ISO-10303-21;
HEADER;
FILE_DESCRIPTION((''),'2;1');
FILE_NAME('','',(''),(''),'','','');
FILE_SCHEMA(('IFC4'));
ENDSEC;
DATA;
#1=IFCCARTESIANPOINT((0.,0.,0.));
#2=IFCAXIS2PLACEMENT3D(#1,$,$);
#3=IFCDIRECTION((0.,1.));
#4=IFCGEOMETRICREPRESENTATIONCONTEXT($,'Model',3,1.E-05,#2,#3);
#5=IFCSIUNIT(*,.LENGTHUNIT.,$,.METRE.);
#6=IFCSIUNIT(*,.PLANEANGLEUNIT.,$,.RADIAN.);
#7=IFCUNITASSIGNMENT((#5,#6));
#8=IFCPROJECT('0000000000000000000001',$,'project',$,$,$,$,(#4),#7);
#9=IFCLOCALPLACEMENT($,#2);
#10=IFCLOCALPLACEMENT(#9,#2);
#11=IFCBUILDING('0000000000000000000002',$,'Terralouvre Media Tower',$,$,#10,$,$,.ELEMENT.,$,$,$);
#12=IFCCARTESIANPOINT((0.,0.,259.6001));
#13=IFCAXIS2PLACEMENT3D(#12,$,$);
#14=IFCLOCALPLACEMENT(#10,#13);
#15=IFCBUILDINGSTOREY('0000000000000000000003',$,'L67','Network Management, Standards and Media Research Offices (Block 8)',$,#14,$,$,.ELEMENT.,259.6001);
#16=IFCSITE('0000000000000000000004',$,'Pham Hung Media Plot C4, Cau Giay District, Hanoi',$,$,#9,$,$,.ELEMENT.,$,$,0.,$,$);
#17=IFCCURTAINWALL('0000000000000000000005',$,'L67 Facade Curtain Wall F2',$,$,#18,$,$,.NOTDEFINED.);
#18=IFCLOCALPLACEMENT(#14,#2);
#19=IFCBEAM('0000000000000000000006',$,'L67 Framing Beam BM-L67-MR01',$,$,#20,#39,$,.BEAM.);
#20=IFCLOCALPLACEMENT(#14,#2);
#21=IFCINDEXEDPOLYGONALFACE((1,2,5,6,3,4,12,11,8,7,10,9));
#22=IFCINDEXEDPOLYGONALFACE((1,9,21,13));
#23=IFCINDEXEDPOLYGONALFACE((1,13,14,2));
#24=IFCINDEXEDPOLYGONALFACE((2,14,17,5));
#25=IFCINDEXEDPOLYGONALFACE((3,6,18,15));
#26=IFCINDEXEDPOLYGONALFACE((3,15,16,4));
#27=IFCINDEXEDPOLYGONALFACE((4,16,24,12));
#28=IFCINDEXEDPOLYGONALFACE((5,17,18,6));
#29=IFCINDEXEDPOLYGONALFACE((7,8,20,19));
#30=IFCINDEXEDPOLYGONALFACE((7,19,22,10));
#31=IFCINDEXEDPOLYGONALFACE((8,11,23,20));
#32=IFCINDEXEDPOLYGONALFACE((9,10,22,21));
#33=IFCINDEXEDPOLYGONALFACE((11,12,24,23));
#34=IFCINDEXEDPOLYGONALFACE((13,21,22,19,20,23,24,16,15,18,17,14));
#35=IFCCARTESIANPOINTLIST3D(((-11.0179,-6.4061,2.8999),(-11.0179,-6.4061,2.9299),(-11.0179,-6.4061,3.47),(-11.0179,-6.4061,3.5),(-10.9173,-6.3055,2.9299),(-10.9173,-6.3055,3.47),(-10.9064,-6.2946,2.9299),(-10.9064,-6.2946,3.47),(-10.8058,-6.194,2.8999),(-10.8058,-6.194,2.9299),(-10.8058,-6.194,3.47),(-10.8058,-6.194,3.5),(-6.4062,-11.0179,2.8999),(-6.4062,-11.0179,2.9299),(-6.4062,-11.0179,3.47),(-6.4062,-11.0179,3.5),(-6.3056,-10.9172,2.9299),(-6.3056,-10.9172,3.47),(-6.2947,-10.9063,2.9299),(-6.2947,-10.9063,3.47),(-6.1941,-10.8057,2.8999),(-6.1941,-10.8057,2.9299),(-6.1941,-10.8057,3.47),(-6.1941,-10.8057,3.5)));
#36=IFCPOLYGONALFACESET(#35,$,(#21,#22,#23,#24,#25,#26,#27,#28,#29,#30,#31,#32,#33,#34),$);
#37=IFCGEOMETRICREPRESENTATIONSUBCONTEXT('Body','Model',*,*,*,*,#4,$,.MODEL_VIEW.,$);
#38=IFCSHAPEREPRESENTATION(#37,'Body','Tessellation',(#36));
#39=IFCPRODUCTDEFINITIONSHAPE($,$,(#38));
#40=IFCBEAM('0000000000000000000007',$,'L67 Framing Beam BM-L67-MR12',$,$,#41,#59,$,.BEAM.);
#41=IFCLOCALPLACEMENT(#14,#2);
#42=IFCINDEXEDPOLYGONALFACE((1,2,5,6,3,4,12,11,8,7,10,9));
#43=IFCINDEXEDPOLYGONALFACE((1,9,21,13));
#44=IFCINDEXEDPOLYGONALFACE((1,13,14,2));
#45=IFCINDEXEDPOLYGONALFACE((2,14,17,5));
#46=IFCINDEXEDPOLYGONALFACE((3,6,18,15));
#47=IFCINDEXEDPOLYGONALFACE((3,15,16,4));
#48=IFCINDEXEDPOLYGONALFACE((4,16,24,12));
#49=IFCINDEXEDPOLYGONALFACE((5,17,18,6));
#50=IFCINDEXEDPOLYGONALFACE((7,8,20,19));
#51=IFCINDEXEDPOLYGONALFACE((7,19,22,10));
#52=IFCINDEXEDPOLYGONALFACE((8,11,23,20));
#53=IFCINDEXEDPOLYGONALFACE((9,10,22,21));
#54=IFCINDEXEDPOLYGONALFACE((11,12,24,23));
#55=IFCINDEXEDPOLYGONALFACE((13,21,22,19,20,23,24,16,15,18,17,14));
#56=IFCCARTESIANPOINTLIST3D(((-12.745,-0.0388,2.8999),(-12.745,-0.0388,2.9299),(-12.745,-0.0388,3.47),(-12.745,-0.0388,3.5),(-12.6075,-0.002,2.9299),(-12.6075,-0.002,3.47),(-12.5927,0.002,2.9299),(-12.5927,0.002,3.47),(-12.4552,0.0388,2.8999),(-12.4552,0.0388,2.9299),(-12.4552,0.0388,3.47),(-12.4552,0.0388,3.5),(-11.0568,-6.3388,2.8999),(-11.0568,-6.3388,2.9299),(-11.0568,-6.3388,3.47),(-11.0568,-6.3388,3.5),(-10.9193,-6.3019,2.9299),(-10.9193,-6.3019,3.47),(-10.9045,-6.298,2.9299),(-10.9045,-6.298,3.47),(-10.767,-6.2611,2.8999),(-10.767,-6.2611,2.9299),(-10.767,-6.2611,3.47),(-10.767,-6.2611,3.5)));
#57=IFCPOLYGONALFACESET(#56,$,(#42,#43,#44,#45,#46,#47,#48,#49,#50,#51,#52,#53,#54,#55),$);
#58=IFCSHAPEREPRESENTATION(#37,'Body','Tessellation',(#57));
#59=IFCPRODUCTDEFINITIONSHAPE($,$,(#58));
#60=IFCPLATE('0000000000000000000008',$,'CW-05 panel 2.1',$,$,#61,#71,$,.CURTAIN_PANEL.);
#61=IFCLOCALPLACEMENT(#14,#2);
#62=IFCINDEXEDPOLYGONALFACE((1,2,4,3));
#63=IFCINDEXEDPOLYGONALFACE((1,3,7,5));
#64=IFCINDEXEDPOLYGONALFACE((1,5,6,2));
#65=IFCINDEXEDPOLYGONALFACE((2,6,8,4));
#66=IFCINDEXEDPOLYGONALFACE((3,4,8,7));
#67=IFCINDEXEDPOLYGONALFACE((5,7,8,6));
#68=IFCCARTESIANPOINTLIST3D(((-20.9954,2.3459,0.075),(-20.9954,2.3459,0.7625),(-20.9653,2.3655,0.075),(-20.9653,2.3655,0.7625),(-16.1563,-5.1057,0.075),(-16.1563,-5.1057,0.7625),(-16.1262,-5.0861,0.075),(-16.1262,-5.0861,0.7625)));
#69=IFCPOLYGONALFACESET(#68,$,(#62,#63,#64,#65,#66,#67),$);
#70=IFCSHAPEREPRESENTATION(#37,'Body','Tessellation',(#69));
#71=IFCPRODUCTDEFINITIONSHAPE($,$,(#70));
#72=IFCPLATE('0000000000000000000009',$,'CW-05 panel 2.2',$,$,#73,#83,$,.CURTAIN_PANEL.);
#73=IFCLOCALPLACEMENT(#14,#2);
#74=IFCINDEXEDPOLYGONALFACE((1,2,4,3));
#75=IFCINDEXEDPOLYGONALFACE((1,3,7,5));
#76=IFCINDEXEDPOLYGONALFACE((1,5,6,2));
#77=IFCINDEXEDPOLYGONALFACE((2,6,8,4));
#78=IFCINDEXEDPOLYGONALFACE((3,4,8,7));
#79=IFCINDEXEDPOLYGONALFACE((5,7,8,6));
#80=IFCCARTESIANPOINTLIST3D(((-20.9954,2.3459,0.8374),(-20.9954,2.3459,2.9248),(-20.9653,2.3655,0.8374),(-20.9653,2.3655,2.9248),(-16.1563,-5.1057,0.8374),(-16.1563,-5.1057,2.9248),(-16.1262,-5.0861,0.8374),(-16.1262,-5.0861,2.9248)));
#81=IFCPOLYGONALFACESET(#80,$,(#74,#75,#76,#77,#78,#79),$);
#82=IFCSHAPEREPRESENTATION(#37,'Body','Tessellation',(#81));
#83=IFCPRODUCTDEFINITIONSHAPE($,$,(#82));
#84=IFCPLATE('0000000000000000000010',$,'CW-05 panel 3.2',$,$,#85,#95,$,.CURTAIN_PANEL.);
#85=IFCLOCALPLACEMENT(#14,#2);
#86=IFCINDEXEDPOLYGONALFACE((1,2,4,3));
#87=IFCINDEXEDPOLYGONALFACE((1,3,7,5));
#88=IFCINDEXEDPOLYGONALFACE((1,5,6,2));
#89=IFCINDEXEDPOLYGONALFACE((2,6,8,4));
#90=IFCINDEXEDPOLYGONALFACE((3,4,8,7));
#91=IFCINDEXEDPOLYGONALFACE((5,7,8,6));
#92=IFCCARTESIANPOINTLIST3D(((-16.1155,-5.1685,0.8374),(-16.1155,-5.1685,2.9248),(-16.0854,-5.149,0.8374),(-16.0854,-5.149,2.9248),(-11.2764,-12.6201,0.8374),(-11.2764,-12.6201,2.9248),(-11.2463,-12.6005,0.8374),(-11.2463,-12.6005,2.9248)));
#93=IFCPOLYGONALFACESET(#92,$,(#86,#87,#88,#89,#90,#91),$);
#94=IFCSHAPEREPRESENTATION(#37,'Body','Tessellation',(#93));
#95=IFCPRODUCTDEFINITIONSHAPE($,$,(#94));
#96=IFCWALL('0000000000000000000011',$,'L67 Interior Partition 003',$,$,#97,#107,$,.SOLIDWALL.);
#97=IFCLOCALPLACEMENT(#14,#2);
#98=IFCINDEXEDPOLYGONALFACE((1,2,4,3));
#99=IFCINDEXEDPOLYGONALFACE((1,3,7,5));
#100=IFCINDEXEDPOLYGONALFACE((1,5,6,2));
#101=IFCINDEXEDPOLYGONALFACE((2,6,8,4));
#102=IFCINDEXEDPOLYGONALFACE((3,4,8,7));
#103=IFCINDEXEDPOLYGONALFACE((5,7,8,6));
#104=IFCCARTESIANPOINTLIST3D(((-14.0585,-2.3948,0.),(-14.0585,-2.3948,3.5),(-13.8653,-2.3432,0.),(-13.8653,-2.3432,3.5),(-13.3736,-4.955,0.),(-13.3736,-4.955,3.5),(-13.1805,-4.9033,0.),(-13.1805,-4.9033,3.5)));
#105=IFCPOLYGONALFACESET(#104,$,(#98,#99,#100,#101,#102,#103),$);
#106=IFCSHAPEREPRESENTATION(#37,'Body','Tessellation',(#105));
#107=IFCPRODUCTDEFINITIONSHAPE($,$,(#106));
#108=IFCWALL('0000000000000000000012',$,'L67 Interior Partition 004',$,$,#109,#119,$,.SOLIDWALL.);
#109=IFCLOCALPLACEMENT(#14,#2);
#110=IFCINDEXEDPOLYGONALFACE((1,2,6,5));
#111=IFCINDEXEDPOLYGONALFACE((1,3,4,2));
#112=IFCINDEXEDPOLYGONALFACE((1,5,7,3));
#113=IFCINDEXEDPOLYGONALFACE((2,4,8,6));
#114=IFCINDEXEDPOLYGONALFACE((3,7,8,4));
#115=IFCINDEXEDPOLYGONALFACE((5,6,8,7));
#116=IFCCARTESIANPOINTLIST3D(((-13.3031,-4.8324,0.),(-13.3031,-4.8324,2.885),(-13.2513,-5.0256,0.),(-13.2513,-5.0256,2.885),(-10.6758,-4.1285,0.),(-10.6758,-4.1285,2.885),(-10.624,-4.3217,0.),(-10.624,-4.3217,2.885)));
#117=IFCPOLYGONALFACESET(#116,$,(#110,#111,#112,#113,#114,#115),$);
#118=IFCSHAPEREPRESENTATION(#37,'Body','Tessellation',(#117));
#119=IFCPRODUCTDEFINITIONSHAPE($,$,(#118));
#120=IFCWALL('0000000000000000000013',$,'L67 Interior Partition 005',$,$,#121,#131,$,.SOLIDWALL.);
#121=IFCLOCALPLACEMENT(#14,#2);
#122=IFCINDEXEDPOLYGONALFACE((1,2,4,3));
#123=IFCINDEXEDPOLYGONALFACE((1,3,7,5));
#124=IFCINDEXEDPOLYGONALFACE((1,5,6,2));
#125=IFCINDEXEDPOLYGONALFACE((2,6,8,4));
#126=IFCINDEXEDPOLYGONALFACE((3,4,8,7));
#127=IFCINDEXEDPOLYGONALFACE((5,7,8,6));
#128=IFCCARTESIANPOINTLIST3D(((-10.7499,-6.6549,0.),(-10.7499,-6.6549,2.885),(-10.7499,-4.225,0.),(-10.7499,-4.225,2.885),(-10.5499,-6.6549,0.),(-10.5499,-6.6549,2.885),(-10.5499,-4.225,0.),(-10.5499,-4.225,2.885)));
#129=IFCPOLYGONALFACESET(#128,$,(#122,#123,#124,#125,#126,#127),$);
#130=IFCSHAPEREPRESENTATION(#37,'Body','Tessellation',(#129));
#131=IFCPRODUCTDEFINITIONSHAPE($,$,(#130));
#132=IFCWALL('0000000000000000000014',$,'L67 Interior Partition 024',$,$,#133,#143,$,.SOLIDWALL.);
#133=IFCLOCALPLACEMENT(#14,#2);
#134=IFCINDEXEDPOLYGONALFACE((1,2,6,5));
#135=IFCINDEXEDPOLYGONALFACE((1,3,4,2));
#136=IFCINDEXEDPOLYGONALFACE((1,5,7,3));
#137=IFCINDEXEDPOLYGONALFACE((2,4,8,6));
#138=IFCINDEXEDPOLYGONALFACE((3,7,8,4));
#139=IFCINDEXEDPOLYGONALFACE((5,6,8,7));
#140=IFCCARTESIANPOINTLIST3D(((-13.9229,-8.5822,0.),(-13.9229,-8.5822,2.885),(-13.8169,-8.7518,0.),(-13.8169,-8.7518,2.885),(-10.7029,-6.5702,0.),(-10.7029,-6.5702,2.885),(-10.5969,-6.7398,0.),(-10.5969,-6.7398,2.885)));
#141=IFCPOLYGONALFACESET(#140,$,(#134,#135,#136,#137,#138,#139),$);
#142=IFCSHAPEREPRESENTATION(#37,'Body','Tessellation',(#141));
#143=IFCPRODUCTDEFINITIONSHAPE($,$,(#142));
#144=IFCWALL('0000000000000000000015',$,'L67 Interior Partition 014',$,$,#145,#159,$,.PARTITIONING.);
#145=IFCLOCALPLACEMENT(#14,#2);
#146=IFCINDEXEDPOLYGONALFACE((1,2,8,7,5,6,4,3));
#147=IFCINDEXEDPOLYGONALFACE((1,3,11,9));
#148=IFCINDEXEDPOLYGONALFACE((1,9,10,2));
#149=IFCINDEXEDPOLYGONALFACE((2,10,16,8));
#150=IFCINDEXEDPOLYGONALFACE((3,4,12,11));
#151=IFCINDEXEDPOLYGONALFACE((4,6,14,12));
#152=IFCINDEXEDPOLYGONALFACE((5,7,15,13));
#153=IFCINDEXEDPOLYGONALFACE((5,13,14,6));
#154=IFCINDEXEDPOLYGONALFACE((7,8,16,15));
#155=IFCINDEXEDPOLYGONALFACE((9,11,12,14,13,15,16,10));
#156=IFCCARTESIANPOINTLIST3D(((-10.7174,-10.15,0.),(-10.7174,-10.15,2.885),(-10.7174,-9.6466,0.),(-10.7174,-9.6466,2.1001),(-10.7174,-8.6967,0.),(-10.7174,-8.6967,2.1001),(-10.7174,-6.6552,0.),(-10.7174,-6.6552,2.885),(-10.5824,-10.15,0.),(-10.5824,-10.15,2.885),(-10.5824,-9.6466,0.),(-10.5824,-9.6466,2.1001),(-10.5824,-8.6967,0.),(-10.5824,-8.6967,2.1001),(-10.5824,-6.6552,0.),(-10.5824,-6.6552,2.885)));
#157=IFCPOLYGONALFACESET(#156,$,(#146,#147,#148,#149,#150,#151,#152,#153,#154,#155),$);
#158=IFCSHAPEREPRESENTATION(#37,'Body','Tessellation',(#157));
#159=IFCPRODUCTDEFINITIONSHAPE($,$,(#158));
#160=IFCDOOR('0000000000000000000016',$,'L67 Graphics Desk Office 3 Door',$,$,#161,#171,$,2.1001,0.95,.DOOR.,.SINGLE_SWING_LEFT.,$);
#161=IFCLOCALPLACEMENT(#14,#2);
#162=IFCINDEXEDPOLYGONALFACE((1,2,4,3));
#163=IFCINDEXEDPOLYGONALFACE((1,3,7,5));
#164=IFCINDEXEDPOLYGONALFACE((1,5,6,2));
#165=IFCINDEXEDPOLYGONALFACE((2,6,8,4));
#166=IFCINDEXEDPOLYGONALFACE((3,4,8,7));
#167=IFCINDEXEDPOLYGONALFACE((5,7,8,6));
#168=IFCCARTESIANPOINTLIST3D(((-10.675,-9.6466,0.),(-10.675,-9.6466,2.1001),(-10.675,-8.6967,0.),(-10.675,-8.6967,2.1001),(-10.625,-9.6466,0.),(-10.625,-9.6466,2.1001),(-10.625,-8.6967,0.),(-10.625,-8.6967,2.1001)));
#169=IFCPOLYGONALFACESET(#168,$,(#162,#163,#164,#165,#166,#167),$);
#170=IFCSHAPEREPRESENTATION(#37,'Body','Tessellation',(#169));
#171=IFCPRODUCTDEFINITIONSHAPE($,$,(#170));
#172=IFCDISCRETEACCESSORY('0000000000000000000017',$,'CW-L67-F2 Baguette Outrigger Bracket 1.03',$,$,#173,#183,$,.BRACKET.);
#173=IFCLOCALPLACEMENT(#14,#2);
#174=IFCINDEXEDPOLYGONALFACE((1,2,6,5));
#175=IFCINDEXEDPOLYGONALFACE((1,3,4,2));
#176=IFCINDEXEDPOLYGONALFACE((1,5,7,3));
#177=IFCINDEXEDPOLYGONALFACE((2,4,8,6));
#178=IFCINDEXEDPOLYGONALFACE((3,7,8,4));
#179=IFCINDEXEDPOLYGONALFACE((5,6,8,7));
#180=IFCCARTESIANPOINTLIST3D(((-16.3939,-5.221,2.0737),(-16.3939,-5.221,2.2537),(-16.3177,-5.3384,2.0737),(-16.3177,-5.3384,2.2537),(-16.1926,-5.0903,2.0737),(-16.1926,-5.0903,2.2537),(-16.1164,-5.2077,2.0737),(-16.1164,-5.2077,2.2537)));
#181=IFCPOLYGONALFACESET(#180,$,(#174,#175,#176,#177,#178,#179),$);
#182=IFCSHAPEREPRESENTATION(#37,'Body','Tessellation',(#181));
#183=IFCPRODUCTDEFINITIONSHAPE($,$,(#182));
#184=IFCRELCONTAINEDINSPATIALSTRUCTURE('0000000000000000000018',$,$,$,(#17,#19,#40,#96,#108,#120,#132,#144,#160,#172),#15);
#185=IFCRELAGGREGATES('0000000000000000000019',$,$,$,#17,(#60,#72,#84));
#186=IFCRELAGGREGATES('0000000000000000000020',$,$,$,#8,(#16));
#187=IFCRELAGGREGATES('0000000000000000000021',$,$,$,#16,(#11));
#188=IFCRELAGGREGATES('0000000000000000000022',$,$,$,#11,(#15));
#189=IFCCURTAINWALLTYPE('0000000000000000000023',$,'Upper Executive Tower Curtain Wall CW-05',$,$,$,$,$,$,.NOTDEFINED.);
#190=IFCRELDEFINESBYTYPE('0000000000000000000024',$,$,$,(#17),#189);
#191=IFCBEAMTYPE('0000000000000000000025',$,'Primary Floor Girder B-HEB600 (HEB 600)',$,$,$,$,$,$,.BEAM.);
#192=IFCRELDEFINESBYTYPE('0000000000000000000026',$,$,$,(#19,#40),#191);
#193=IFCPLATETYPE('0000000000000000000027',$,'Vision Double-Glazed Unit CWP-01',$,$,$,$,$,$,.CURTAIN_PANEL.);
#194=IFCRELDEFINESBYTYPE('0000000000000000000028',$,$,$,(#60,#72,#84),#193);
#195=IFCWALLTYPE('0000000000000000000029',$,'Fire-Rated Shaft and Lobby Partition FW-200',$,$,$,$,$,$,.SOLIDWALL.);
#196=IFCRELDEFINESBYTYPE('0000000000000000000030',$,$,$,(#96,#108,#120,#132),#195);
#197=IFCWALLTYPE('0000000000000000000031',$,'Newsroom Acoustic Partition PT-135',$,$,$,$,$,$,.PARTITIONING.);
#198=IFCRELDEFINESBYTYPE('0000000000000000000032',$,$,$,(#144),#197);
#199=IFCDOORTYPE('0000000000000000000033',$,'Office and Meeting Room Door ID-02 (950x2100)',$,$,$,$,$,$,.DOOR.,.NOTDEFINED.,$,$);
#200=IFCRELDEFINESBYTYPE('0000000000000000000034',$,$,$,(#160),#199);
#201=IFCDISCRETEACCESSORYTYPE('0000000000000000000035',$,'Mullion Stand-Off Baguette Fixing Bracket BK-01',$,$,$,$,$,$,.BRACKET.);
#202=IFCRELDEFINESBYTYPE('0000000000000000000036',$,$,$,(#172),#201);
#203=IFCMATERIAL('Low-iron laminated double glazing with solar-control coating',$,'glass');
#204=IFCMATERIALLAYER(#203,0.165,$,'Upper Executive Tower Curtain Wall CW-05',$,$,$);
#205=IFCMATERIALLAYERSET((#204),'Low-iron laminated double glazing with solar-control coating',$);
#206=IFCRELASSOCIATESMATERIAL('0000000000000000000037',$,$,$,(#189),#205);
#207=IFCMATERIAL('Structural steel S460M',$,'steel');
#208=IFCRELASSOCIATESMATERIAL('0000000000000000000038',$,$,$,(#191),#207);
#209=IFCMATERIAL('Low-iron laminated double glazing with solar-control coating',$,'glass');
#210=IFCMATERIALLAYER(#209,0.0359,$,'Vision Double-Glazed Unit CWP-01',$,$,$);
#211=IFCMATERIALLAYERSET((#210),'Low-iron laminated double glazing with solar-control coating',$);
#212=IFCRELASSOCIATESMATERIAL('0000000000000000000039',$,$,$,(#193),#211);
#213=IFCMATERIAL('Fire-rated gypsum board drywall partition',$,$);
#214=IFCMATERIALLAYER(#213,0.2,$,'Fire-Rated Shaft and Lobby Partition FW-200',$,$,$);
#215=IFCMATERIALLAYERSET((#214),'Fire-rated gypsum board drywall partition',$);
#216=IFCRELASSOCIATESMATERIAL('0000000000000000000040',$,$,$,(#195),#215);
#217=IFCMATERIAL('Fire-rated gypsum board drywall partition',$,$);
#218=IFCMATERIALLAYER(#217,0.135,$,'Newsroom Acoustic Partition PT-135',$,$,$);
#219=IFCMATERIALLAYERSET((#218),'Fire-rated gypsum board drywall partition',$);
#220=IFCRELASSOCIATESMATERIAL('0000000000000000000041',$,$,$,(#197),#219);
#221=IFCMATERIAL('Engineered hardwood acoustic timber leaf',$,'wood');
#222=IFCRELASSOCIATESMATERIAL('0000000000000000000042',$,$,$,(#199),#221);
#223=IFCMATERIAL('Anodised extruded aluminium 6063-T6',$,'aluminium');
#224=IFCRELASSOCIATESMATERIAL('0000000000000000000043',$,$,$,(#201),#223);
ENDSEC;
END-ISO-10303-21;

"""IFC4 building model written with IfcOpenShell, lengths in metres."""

from ifc_helpers import new_model, si_unit, direction, frame, frame_2d, origin, origin_2d, place, context, subcontext, project, spatial, rectangle, i_section, extrude, material, layer, layer_set, material_profile, profile_set, type_object, element, fill, aggregate, save


model = new_model("IFC4")

# Units and contexts
model_context = context("Model", 3, precision=1e-05, world=origin(), true_north=direction((0.0, 1.0)))
body_context = subcontext(model_context, "Body", "Model", "MODEL_VIEW")
ifc_project = project(units=[si_unit("LENGTHUNIT", "METRE"), si_unit("PLANEANGLEUNIT", "RADIAN")], contexts=[model_context])

# Site, building, storey
site_placement = place(None, origin())
site = spatial("IfcSite", under=ifc_project, at=site_placement, Name="Pham Hung Media Plot C4, Cau Giay District, Hanoi", CompositionType="ELEMENT", RefElevation=0.0)
building_placement = place(site_placement, origin())
building = spatial("IfcBuilding", under=site, at=building_placement, Name="Terralouvre Media Tower", CompositionType="ELEMENT")
storey_placement = place(building_placement, frame((0.0, 0.0, 259.6001)))
storey = spatial("IfcBuildingStorey", under=building, at=storey_placement, Name="L67", Description="Network Management, Standards and Media Research Offices (Block 8)", CompositionType="ELEMENT", Elevation=259.6001)

# Curtain wall
ifc_material_1 = material(Name="Low-iron laminated double glazing with solar-control coating", Category="glass")
ifc_layer_1 = layer(ifc_material_1, 0.165, Name="Upper Executive Tower Curtain Wall CW-05")
ifc_layer_set_1 = layer_set([ifc_layer_1], Name="Low-iron laminated double glazing with solar-control coating")
curtain_wall_type = type_object("IfcCurtainWallType", Name="Upper Executive Tower Curtain Wall CW-05", PredefinedType="NOTDEFINED", material=ifc_layer_set_1)
curtain_wall_placement = place(storey_placement, origin())
curtain_wall = element("IfcCurtainWall", 1, at=curtain_wall_placement, inside=storey, type_object=curtain_wall_type, Name="L67 Facade Curtain Wall F2", PredefinedType="NOTDEFINED")

# Beams
ifc_material_2 = material(Name="Structural steel S460M", Category="steel")
ifc_material_profile_1 = material_profile(ifc_material_2, i_section(OverallWidth=0.3, OverallDepth=0.6001, WebThickness=0.0154, FlangeThickness=0.03, at=origin_2d()), Name="HEB 600")
ifc_profile_set_1 = profile_set([ifc_material_profile_1], Name="Structural steel S460M")
beam_type_1 = type_object("IfcBeamType", Name="Primary Floor Girder B-HEB600 (HEB 600)", PredefinedType="BEAM", material=ifc_profile_set_1)
beam_1_placement = place(storey_placement, frame((-10.9119, -6.3, 3.2), z_axis=(0.707107, -0.707107, 0.0), x_axis=(0.707107, 0.707107, 0.0)))
element("IfcBeam", 2, at=beam_1_placement, inside=storey, type_object=beam_type_1, Name="L67 Framing Beam BM-L67-MR01", PredefinedType="BEAM", context=body_context, shape_type="SweptSolid", body=[
    extrude(i_section(OverallWidth=0.3, OverallDepth=0.6001, WebThickness=0.0154, FlangeThickness=0.03, at=origin_2d()), origin(), (0.0, 0.0, 1.0), 6.522),
])
beam_2_placement = place(storey_placement, frame((-12.6001, 0.0, 3.2), z_axis=(0.258839, -0.96592, 0.0), x_axis=(0.96592, 0.258839, 0.0)))
element("IfcBeam", 3, at=beam_2_placement, inside=storey, type_object=beam_type_1, Name="L67 Framing Beam BM-L67-MR12", PredefinedType="BEAM", context=body_context, shape_type="SweptSolid", body=[
    extrude(i_section(OverallWidth=0.3, OverallDepth=0.6001, WebThickness=0.0154, FlangeThickness=0.03, at=origin_2d()), origin(), (0.0, 0.0, 1.0), 6.5222),
])

# Plates
ifc_material_3 = material(Name="Low-iron laminated double glazing with solar-control coating", Category="glass")
ifc_layer_2 = layer(ifc_material_3, 0.0359, Name="Vision Double-Glazed Unit CWP-01")
ifc_layer_set_2 = layer_set([ifc_layer_2], Name="Low-iron laminated double glazing with solar-control coating")
plate_type = type_object("IfcPlateType", Name="Vision Double-Glazed Unit CWP-01", PredefinedType="CURTAIN_PANEL", material=ifc_layer_set_2)
plate_1_placement = place(storey_placement, frame((-18.5608, -1.3701, 0.075), z_axis=(0.0, 0.0, 1.0), x_axis=(0.544639, -0.838671, 0.0)))
plate_1 = element("IfcPlate", 4, at=plate_1_placement, type_object=plate_type, Name="CW-05 panel 2.1", PredefinedType="CURTAIN_PANEL", context=body_context, shape_type="SweptSolid", body=[
    extrude(rectangle(XDim=8.885, YDim=0.0359, at=origin_2d()), origin(), (0.0, 0.0, 1.0), 0.6875),
])
plate_2_placement = place(storey_placement, frame((-18.5608, -1.3701, 0.8374), z_axis=(0.0, 0.0, 1.0), x_axis=(0.544639, -0.838671, 0.0)))
plate_2 = element("IfcPlate", 5, at=plate_2_placement, type_object=plate_type, Name="CW-05 panel 2.2", PredefinedType="CURTAIN_PANEL", context=body_context, shape_type="SweptSolid", body=[
    extrude(rectangle(XDim=8.885, YDim=0.0359, at=origin_2d()), origin(), (0.0, 0.0, 1.0), 2.0874),
])
plate_3_placement = place(storey_placement, frame((-13.6809, -8.8845, 0.8374), z_axis=(0.0, 0.0, 1.0), x_axis=(0.544639, -0.838671, 0.0)))
plate_3 = element("IfcPlate", 6, at=plate_3_placement, type_object=plate_type, Name="CW-05 panel 3.2", PredefinedType="CURTAIN_PANEL", context=body_context, shape_type="SweptSolid", body=[
    extrude(rectangle(XDim=8.885, YDim=0.0359, at=origin_2d()), origin(), (0.0, 0.0, 1.0), 2.0874),
])
aggregate(curtain_wall, [plate_1, plate_2, plate_3])

# Walls
ifc_material_4 = material(Name="Fire-rated gypsum board drywall partition")
ifc_layer_3 = layer(ifc_material_4, 0.2, Name="Fire-Rated Shaft and Lobby Partition FW-200")
ifc_layer_set_3 = layer_set([ifc_layer_3], Name="Fire-rated gypsum board drywall partition")
wall_type_1 = type_object("IfcWallType", Name="Fire-Rated Shaft and Lobby Partition FW-200", PredefinedType="SOLIDWALL", material=ifc_layer_set_3)
wall_1_placement = place(storey_placement, frame((-13.9619, -2.3689, 0.0), z_axis=(0.0, 0.0, 1.0), x_axis=(0.258414, -0.966034, 0.0)))
element("IfcWall", 7, at=wall_1_placement, inside=storey, type_object=wall_type_1, Name="L67 Interior Partition 003", PredefinedType="SOLIDWALL", context=body_context, shape_type="SweptSolid", body=[
    extrude(rectangle(XDim=2.6501, YDim=0.2, at=frame_2d((1.3252, 0.0))), origin(), (0.0, 0.0, 1.0), 3.5),
])
wall_2_placement = place(storey_placement, frame((-13.2771, -4.929, 0.0), z_axis=(0.0, 0.0, 1.0), x_axis=(0.965935, 0.258785, 0.0)))
element("IfcWall", 8, at=wall_2_placement, inside=storey, type_object=wall_type_1, Name="L67 Interior Partition 004", PredefinedType="SOLIDWALL", context=body_context, shape_type="SweptSolid", body=[
    extrude(rectangle(XDim=2.72, YDim=0.2, at=frame_2d((1.3599, 0.0))), origin(), (0.0, 0.0, 1.0), 2.885),
])
wall_3_placement = place(storey_placement, frame((-10.6499, -4.2251, 0.0), z_axis=(0.0, 0.0, 1.0), x_axis=(0.0, -1.0, 0.0)))
element("IfcWall", 9, at=wall_3_placement, inside=storey, type_object=wall_type_1, Name="L67 Interior Partition 005", PredefinedType="SOLIDWALL", context=body_context, shape_type="SweptSolid", body=[
    extrude(rectangle(XDim=2.4299, YDim=0.2, at=frame_2d((1.2148, 0.0))), origin(), (0.0, 0.0, 1.0), 2.885),
])
wall_4_placement = place(storey_placement, frame((-13.8699, -8.667, 0.0), z_axis=(0.0, 0.0, 1.0), x_axis=(0.84806, 0.529901, 0.0)))
element("IfcWall", 10, at=wall_4_placement, inside=storey, type_object=wall_type_1, Name="L67 Interior Partition 024", PredefinedType="SOLIDWALL", context=body_context, shape_type="SweptSolid", body=[
    extrude(rectangle(XDim=3.7969, YDim=0.2, at=frame_2d((1.8984, 0.0))), origin(), (0.0, 0.0, 1.0), 2.885),
])

# Wall, opening, door
ifc_material_5 = material(Name="Fire-rated gypsum board drywall partition")
ifc_layer_4 = layer(ifc_material_5, 0.135, Name="Newsroom Acoustic Partition PT-135")
ifc_layer_set_4 = layer_set([ifc_layer_4], Name="Fire-rated gypsum board drywall partition")
wall_type_2 = type_object("IfcWallType", Name="Newsroom Acoustic Partition PT-135", PredefinedType="PARTITIONING", material=ifc_layer_set_4)
wall_5_placement = place(storey_placement, frame((-10.6499, -6.655, 0.0), z_axis=(0.0, 0.0, 1.0), x_axis=(0.0, -1.0, 0.0)))
wall_5 = element("IfcWall", 11, at=wall_5_placement, inside=storey, type_object=wall_type_2, Name="L67 Interior Partition 014", PredefinedType="PARTITIONING", context=body_context, shape_type="SweptSolid", body=[
    extrude(rectangle(XDim=3.4949, YDim=0.135, at=frame_2d((1.7476, 0.0))), origin(), (0.0, 0.0, 1.0), 2.885),
])
opening_placement = place(wall_5_placement, frame((2.0415, 0.0, 0.0)))
opening = element("IfcOpeningElement", 12, at=opening_placement, cuts=wall_5, PredefinedType="OPENING", context=body_context, shape_type="SweptSolid", body=[
    extrude(rectangle(XDim=0.95, YDim=2.1001, at=frame_2d((0.4751, 1.05))), frame((0.0, 0.0774, 0.0), z_axis=(0.0, -1.0, 0.0), x_axis=(1.0, 0.0, 0.0)), (0.0, 0.0, 1.0), 0.155),
])
ifc_material_6 = material(Name="Engineered hardwood acoustic timber leaf", Category="wood")
door_type = type_object("IfcDoorType", Name="Office and Meeting Room Door ID-02 (950x2100)", OperationType="NOTDEFINED", PredefinedType="DOOR", material=ifc_material_6)
door_placement = place(opening_placement, origin())
door = element("IfcDoor", 13, at=door_placement, inside=storey, type_object=door_type, Name="L67 Graphics Desk Office 3 Door", OperationType="SINGLE_SWING_LEFT", OverallHeight=2.1001, OverallWidth=0.95, PredefinedType="DOOR", context=body_context, shape_type="SweptSolid", body=[
    extrude(rectangle(XDim=0.95, YDim=2.1001, at=frame_2d((0.4751, 1.05))), frame((0.0, 0.0249, 0.0), z_axis=(0.0, -1.0, 0.0), x_axis=(1.0, 0.0, 0.0)), (0.0, 0.0, 1.0), 0.05),
])
fill(opening, door)

# Discrete accessory
ifc_material_7 = material(Name="Anodised extruded aluminium 6063-T6", Category="aluminium")
discrete_accessory_type = type_object("IfcDiscreteAccessoryType", Name="Mullion Stand-Off Baguette Fixing Bracket BK-01", PredefinedType="BRACKET", material=ifc_material_7)
discrete_accessory_placement = place(storey_placement, frame((-16.2551, -5.2144, 2.0737), z_axis=(0.0, 0.0, 1.0), x_axis=(0.544639, -0.838671, 0.0)))
element("IfcDiscreteAccessory", 14, at=discrete_accessory_placement, inside=storey, type_object=discrete_accessory_type, Name="CW-L67-F2 Baguette Outrigger Bracket 1.03", PredefinedType="BRACKET", context=body_context, shape_type="SweptSolid", body=[
    extrude(rectangle(XDim=0.1399, YDim=0.24, at=origin_2d()), origin(), (0.0, 0.0, 1.0), 0.1799),
])

save(model, "model.ifc")
